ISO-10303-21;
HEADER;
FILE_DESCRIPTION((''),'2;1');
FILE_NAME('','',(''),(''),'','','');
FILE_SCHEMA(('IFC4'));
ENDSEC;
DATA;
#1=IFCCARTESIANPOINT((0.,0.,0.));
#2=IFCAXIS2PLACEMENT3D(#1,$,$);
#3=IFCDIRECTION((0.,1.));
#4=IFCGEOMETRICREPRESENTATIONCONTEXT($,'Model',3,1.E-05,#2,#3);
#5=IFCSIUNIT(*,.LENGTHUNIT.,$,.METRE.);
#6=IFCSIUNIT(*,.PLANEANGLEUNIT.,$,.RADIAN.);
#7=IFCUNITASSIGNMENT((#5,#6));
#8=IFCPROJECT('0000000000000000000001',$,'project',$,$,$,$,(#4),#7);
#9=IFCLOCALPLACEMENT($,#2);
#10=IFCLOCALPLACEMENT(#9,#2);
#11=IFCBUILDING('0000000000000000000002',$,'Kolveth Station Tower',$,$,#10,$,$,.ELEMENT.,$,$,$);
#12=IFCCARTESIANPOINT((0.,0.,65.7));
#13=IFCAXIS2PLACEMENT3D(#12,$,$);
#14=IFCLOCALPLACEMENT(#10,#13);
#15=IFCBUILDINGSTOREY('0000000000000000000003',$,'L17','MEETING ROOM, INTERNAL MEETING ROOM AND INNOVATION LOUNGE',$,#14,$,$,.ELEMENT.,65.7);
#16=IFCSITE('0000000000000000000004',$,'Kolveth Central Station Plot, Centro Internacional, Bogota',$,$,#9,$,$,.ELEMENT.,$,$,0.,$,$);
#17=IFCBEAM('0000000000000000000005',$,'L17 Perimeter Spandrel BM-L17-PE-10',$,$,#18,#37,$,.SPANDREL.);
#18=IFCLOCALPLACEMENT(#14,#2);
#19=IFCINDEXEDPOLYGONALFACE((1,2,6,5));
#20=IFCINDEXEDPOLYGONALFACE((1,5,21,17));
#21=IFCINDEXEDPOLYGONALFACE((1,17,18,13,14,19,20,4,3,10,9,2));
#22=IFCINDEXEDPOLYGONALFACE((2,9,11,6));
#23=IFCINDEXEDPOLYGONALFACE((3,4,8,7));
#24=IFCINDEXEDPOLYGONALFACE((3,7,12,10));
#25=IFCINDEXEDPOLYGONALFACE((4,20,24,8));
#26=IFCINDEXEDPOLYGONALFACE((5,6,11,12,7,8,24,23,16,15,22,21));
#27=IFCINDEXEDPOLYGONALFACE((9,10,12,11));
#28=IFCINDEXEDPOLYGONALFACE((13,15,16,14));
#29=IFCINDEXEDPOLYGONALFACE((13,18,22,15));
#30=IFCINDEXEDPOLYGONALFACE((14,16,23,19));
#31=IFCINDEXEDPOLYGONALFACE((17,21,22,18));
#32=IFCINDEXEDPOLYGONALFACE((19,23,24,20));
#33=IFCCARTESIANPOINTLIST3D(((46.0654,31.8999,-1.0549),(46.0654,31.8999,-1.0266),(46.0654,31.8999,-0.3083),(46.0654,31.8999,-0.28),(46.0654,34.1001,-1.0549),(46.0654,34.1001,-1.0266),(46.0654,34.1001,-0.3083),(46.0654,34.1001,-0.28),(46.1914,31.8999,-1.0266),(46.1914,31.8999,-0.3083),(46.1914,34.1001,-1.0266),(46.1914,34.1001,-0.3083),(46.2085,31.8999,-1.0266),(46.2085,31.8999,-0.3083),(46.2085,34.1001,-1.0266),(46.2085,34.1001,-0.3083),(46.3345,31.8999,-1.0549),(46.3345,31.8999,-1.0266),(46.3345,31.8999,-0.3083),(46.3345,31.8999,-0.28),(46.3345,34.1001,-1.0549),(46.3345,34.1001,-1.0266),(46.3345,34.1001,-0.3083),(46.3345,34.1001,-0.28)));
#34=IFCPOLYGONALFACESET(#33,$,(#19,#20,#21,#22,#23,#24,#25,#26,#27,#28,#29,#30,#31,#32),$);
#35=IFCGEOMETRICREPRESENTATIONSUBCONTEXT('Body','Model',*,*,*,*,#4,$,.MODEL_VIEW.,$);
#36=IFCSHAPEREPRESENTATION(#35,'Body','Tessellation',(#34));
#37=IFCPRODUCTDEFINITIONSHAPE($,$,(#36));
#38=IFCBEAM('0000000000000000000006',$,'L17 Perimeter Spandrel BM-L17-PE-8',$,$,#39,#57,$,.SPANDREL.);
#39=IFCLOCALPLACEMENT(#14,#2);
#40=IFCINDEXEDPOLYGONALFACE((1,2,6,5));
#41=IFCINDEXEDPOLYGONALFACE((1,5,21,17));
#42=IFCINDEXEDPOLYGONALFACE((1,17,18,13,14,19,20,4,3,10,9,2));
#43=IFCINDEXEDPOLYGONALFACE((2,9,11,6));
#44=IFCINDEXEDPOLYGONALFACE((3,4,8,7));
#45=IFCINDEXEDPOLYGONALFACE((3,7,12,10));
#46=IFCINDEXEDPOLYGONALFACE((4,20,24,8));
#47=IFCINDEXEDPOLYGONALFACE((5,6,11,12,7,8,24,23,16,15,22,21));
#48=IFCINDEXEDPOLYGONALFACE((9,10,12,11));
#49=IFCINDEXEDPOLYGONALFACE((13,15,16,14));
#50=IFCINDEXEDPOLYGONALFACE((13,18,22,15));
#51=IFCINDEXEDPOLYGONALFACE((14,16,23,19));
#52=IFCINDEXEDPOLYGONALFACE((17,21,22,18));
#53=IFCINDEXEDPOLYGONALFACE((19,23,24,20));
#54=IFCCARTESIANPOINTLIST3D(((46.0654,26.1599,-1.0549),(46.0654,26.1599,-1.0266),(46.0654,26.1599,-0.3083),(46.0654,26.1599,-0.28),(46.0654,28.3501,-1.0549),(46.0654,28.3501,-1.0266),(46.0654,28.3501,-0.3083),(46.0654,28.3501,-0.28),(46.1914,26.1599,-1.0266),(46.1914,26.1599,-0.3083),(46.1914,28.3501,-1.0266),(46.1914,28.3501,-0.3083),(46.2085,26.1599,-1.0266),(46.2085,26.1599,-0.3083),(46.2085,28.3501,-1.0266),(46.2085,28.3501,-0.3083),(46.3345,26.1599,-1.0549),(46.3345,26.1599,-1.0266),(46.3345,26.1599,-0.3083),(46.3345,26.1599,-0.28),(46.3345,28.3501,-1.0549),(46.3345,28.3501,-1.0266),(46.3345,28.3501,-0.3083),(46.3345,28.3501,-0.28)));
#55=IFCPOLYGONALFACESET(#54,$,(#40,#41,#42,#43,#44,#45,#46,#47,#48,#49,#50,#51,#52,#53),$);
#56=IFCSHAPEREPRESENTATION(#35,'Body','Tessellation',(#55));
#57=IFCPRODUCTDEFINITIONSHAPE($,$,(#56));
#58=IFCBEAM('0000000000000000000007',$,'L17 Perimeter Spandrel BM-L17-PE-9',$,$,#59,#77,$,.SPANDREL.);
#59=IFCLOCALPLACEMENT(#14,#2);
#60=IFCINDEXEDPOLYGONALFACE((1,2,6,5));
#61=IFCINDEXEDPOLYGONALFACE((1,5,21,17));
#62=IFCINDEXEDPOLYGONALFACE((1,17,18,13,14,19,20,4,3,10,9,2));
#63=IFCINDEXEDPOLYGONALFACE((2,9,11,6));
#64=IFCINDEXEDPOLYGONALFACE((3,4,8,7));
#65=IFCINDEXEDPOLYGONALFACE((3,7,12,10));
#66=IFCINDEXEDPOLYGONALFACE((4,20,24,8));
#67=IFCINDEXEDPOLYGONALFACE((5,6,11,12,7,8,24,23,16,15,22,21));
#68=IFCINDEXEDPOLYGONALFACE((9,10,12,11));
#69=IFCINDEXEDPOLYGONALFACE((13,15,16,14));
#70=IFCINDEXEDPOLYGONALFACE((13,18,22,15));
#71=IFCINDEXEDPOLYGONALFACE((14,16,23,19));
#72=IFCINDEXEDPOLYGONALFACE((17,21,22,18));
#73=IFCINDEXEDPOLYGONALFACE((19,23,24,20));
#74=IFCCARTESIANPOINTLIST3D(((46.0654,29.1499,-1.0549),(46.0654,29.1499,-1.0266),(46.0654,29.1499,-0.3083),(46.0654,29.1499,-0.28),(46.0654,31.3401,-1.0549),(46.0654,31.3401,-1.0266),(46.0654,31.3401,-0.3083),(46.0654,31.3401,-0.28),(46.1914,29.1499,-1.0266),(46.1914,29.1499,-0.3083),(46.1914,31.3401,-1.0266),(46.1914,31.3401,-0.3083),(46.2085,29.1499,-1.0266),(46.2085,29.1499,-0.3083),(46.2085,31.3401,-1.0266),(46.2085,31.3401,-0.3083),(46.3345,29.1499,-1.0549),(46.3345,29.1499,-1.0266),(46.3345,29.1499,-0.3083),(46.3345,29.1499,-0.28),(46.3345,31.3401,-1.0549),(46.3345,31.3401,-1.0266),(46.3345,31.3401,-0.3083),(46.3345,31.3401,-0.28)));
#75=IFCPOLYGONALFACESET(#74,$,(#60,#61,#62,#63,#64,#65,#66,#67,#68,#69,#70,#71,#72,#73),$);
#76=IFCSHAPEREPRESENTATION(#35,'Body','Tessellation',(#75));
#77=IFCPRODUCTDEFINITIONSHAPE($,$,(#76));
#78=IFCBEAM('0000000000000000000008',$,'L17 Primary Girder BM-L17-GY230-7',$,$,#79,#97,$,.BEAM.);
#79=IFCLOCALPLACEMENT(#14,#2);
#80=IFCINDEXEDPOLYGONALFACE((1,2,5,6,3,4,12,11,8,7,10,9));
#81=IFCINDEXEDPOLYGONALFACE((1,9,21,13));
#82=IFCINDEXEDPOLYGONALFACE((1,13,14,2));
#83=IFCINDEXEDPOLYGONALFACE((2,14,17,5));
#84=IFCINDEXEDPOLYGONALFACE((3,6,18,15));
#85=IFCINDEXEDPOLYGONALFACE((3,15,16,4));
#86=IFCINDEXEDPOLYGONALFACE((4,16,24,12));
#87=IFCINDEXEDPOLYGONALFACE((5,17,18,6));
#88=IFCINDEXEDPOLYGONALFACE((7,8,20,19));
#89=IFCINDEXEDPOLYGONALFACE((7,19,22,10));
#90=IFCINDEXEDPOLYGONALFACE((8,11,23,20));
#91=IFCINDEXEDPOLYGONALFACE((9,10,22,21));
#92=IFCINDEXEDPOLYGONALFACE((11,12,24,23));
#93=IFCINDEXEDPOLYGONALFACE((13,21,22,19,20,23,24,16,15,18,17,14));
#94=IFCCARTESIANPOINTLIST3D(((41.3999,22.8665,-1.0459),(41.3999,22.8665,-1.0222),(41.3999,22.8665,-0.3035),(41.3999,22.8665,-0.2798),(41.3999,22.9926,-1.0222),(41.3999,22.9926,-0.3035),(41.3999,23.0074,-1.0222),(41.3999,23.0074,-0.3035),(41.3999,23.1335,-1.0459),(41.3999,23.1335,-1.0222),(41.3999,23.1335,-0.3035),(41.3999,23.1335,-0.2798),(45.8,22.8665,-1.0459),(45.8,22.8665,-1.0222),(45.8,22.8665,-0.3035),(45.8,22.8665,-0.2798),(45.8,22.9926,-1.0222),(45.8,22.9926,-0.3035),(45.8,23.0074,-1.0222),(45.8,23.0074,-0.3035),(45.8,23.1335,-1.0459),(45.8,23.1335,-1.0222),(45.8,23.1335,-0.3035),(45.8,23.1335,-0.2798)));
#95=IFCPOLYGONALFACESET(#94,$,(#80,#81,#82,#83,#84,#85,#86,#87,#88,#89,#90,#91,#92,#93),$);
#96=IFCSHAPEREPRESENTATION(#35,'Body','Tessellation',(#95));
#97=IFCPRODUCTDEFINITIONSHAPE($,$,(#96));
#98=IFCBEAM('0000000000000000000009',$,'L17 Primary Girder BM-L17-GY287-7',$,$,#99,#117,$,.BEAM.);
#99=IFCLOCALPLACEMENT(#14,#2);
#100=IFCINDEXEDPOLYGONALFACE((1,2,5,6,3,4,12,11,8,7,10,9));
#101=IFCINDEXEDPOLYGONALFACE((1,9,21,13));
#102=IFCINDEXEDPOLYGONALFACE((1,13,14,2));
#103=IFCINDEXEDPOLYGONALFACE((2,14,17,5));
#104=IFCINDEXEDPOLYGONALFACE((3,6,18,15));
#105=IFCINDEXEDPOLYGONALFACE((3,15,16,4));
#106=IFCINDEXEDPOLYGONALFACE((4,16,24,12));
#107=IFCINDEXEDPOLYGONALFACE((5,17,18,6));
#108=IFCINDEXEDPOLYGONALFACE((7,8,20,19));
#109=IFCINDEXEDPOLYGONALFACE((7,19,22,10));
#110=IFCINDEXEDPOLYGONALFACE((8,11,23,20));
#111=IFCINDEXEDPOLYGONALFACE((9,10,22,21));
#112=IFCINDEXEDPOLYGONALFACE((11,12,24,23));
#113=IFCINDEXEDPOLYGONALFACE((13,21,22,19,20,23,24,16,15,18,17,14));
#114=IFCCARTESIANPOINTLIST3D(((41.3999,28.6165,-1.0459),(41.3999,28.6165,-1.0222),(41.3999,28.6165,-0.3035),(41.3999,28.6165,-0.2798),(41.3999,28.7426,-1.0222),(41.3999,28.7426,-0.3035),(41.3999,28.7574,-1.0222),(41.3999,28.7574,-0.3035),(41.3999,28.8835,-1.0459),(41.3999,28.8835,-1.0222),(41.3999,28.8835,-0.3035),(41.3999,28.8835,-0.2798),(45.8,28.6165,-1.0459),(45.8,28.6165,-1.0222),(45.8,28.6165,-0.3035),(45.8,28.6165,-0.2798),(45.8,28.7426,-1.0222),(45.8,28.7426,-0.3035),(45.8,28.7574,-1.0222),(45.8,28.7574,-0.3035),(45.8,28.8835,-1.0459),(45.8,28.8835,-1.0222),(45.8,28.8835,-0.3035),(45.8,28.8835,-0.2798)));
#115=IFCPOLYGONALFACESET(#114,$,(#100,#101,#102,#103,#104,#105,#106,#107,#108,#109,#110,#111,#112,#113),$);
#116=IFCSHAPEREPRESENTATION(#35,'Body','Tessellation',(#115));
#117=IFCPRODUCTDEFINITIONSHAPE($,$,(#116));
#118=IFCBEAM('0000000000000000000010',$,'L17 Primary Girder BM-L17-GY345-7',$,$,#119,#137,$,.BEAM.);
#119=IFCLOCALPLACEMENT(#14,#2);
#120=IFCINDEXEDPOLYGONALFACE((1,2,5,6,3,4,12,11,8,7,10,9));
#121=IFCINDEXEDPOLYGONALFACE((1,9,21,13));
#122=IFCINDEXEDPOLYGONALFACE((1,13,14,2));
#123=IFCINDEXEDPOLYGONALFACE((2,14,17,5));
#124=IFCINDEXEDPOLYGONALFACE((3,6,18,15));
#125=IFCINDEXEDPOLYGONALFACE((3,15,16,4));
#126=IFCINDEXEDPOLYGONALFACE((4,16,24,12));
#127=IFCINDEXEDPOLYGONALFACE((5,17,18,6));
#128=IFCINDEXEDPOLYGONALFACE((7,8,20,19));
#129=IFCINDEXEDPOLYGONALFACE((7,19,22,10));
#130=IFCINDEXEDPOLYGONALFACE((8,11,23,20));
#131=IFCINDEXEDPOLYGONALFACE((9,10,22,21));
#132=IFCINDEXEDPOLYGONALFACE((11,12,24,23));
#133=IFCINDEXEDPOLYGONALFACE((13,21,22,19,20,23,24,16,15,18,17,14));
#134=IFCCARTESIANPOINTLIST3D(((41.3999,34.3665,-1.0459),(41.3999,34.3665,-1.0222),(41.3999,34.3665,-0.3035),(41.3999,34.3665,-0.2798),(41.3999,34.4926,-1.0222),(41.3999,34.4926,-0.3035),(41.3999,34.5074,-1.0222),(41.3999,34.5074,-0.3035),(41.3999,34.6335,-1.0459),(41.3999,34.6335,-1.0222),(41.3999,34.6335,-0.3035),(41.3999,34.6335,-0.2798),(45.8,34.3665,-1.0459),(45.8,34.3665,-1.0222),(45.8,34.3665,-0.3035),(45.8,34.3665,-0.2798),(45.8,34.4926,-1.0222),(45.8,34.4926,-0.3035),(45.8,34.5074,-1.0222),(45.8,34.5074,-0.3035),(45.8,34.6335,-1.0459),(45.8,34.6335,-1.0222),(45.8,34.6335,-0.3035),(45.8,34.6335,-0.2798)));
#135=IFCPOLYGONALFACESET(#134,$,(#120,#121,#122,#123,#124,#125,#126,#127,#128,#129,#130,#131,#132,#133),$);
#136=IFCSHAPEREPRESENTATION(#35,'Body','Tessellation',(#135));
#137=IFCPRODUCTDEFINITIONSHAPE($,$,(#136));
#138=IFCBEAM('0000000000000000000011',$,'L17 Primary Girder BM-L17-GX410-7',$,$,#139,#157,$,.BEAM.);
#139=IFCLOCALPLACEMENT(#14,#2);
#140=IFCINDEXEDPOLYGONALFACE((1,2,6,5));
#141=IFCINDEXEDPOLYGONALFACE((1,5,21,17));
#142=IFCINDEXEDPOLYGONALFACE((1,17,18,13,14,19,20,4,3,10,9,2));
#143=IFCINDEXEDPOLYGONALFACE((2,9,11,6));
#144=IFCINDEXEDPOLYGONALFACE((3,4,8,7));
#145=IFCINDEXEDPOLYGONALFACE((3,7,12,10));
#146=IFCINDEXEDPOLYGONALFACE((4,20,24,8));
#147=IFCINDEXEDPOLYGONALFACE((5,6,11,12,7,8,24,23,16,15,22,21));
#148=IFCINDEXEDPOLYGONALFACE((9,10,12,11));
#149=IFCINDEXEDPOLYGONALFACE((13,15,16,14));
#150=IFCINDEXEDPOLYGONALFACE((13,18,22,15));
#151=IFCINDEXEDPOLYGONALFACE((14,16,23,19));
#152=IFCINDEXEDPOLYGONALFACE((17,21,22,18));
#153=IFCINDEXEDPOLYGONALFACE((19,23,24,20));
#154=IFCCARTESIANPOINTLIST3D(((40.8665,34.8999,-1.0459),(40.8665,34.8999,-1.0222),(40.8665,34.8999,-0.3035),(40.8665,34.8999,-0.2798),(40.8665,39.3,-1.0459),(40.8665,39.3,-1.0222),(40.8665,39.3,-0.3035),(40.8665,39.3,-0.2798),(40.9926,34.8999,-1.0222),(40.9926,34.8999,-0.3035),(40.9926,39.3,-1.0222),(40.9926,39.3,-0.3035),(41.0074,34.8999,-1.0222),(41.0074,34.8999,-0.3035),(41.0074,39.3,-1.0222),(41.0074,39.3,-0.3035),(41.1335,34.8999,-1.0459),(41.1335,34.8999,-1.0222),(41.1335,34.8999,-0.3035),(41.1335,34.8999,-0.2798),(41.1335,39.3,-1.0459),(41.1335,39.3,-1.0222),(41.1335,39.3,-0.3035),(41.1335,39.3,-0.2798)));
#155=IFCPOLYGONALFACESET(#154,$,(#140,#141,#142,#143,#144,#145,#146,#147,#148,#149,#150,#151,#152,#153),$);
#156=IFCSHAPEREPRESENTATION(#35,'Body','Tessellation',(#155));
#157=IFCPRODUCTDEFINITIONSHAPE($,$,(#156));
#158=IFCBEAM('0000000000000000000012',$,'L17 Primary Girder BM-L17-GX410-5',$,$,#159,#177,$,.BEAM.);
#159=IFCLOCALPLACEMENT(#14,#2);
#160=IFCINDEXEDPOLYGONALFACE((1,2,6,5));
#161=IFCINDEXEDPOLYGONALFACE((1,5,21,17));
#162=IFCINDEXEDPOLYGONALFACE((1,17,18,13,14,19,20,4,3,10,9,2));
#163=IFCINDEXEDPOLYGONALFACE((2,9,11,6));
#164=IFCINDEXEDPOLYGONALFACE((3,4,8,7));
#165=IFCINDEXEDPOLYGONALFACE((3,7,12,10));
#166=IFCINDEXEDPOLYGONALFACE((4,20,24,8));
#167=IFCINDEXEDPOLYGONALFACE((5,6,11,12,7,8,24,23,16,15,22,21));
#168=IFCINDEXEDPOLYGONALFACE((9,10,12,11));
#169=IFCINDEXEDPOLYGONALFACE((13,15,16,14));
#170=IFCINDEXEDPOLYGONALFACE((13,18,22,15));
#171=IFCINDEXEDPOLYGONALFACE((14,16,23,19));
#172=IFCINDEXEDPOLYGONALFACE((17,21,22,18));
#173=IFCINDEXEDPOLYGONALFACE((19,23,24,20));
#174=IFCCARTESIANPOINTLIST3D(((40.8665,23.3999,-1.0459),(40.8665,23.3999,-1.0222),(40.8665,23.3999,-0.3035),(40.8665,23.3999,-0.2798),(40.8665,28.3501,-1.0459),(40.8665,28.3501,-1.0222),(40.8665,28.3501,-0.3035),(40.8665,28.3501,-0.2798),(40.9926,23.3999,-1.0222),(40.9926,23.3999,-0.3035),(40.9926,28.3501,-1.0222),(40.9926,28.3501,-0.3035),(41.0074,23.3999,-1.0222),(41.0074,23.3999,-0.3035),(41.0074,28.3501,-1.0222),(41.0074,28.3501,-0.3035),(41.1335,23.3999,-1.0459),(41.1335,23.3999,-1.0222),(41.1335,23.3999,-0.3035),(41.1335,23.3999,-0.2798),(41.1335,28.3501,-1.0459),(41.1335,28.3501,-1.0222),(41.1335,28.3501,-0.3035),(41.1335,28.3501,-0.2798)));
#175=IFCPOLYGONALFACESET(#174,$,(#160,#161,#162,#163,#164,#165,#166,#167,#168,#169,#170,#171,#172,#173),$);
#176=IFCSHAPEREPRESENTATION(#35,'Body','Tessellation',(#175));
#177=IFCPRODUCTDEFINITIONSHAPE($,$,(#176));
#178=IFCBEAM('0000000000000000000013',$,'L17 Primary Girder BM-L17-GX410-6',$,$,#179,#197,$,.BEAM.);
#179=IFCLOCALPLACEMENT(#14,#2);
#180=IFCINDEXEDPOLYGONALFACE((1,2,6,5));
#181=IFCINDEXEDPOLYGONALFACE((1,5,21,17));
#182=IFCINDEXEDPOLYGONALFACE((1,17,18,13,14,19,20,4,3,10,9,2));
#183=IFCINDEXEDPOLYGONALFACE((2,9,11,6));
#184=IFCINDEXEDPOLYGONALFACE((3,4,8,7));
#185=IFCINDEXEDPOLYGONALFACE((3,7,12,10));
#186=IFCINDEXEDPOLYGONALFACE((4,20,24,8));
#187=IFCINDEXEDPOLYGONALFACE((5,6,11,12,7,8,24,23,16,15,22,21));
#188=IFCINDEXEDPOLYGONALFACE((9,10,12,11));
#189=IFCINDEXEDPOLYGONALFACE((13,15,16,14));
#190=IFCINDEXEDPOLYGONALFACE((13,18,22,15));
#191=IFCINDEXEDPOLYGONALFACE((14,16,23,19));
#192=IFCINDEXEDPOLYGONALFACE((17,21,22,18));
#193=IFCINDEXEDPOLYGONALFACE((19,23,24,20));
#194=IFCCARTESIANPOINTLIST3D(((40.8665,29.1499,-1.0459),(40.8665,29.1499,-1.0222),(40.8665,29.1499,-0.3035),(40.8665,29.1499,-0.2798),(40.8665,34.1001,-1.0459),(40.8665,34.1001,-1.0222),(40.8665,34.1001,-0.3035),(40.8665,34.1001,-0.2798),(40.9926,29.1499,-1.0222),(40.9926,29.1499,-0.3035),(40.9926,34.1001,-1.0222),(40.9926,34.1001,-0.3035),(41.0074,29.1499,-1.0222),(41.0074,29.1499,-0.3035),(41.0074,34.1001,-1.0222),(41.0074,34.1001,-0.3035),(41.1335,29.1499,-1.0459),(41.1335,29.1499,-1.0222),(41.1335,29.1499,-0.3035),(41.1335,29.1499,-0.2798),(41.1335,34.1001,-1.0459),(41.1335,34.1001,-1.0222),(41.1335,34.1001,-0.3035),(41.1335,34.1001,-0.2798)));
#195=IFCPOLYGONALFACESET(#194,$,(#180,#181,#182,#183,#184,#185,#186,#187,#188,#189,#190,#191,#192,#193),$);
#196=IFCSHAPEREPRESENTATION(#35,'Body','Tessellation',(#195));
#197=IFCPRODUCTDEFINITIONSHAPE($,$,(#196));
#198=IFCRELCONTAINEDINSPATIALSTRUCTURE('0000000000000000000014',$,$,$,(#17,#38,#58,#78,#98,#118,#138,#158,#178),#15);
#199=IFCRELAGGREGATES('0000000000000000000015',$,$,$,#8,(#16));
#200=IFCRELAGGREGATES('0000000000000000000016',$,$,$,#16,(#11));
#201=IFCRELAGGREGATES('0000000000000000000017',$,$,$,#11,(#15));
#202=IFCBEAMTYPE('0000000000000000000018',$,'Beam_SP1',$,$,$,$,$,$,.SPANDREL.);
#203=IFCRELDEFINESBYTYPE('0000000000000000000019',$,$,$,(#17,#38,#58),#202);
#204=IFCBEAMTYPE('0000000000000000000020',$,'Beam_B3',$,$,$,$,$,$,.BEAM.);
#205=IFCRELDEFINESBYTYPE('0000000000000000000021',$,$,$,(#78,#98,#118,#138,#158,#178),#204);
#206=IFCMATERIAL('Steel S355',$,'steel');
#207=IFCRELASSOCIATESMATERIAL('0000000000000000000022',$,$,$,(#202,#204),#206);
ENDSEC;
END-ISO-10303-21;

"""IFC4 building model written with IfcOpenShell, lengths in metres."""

from ifc_helpers import new_model, si_unit, direction, frame, origin, origin_2d, place, context, subcontext, project, spatial, i_section, extrude, source, transform, mapped, material, material_profile, profile_set, type_object, element, save


model = new_model("IFC4")

# Units and contexts
model_context = context("Model", 3, precision=1e-05, world=origin(), true_north=direction((0.0, 1.0)))
body_context = subcontext(model_context, "Body", "Model", "MODEL_VIEW")
ifc_project = project(units=[si_unit("LENGTHUNIT", "METRE"), si_unit("PLANEANGLEUNIT", "RADIAN")], contexts=[model_context])

# Site, building, storey
site_placement = place(None, origin())
site = spatial("IfcSite", under=ifc_project, at=site_placement, Name="Kolveth Central Station Plot, Centro Internacional, Bogota", CompositionType="ELEMENT", RefElevation=0.0)
building_placement = place(site_placement, origin())
building = spatial("IfcBuilding", under=site, at=building_placement, Name="Kolveth Station Tower", CompositionType="ELEMENT")
storey_placement = place(building_placement, frame((0.0, 0.0, 65.7)))
storey = spatial("IfcBuildingStorey", under=building, at=storey_placement, Name="L17", Description="MEETING ROOM, INTERNAL MEETING ROOM AND INNOVATION LOUNGE", CompositionType="ELEMENT", Elevation=65.7)

# Shared definitions
ifc_material_1 = material(Name="Steel S355", Category="steel")

# Beams
ifc_material_profile_1 = material_profile(ifc_material_1, i_section(OverallWidth=0.269, OverallDepth=0.7749, WebThickness=0.0171, FlangeThickness=0.0283, at=origin_2d()), Name="W760x220")
ifc_profile_set_1 = profile_set([ifc_material_profile_1], Name="Steel S355")
beam_type_1 = type_object("IfcBeamType", Name="Beam_SP1", PredefinedType="SPANDREL", material=ifc_profile_set_1)
shared_shape_1 = source(origin(), body_context, "Body", "SweptSolid", [
    extrude(i_section(OverallWidth=0.269, OverallDepth=0.7749, WebThickness=0.0171, FlangeThickness=0.0283, at=origin_2d()), origin(), (0.0, 0.0, 1.0), 2.2002),
])
for number, where, z_axis, x_axis, name in (
    (1, (46.2, 31.8999, -0.6675), (0.0, 1.0, 0.0), (-1.0, 0.0, 0.0), "L17 Perimeter Spandrel BM-L17-PE-10"),
):
    element("IfcBeam", number, at=place(storey_placement, frame(where, z_axis=z_axis, x_axis=x_axis)), inside=storey, type_object=beam_type_1, Name=name, PredefinedType="SPANDREL", context=body_context, shape_type="MappedRepresentation", body=[
        mapped(shared_shape_1, transform((0.0, 0.0, 0.0), x_axis=(1.0, 0.0, 0.0), y_axis=(0.0, 1.0, 0.0), z_axis=(0.0, 0.0, 1.0), scale=1.0)),
    ])
shared_shape_2 = source(origin(), body_context, "Body", "SweptSolid", [
    extrude(i_section(OverallWidth=0.269, OverallDepth=0.7749, WebThickness=0.0171, FlangeThickness=0.0283, at=origin_2d()), origin(), (0.0, 0.0, 1.0), 2.1902),
])
for number, where, z_axis, x_axis, name in (
    (2, (46.2, 26.1599, -0.6675), (0.0, 1.0, 0.0), (-1.0, 0.0, 0.0), "L17 Perimeter Spandrel BM-L17-PE-8"),
    (3, (46.2, 29.1499, -0.6675), (0.0, 1.0, 0.0), (-1.0, 0.0, 0.0), "L17 Perimeter Spandrel BM-L17-PE-9"),
):
    element("IfcBeam", number, at=place(storey_placement, frame(where, z_axis=z_axis, x_axis=x_axis)), inside=storey, type_object=beam_type_1, Name=name, PredefinedType="SPANDREL", context=body_context, shape_type="MappedRepresentation", body=[
        mapped(shared_shape_2, transform((0.0, 0.0, 0.0), x_axis=(1.0, 0.0, 0.0), y_axis=(0.0, 1.0, 0.0), z_axis=(0.0, 0.0, 1.0), scale=1.0)),
    ])
ifc_material_profile_2 = material_profile(ifc_material_1, i_section(OverallWidth=0.2671, OverallDepth=0.7661, WebThickness=0.0149, FlangeThickness=0.0237, at=origin_2d()), Name="W760x185")
ifc_profile_set_2 = profile_set([ifc_material_profile_2], Name="Steel S355")
beam_type_2 = type_object("IfcBeamType", Name="Beam_B3", PredefinedType="BEAM", material=ifc_profile_set_2)
shared_shape_3 = source(origin(), body_context, "Body", "SweptSolid", [
    extrude(i_section(OverallWidth=0.2671, OverallDepth=0.7661, WebThickness=0.0149, FlangeThickness=0.0237, at=origin_2d()), origin(), (0.0, 0.0, 1.0), 4.4001),
])
for number, where, z_axis, x_axis, name in (
    (4, (41.3999, 23.0, -0.6628), (1.0, 0.0, 0.0), (0.0, 1.0, 0.0), "L17 Primary Girder BM-L17-GY230-7"),
    (5, (41.3999, 28.75, -0.6628), (1.0, 0.0, 0.0), (0.0, 1.0, 0.0), "L17 Primary Girder BM-L17-GY287-7"),
    (6, (41.3999, 34.5, -0.6628), (1.0, 0.0, 0.0), (0.0, 1.0, 0.0), "L17 Primary Girder BM-L17-GY345-7"),
    (7, (41.0, 34.8999, -0.6628), (0.0, 1.0, 0.0), (-1.0, 0.0, 0.0), "L17 Primary Girder BM-L17-GX410-7"),
):
    element("IfcBeam", number, at=place(storey_placement, frame(where, z_axis=z_axis, x_axis=x_axis)), inside=storey, type_object=beam_type_2, Name=name, PredefinedType="BEAM", context=body_context, shape_type="MappedRepresentation", body=[
        mapped(shared_shape_3, transform((0.0, 0.0, 0.0), x_axis=(1.0, 0.0, 0.0), y_axis=(0.0, 1.0, 0.0), z_axis=(0.0, 0.0, 1.0), scale=1.0)),
    ])
shared_shape_4 = source(origin(), body_context, "Body", "SweptSolid", [
    extrude(i_section(OverallWidth=0.2671, OverallDepth=0.7661, WebThickness=0.0149, FlangeThickness=0.0237, at=origin_2d()), origin(), (0.0, 0.0, 1.0), 4.9502),
])
for number, where, z_axis, x_axis, name in (
    (8, (41.0, 23.3999, -0.6628), (0.0, 1.0, 0.0), (-1.0, 0.0, 0.0), "L17 Primary Girder BM-L17-GX410-5"),
    (9, (41.0, 29.1499, -0.6628), (0.0, 1.0, 0.0), (-1.0, 0.0, 0.0), "L17 Primary Girder BM-L17-GX410-6"),
):
    element("IfcBeam", number, at=place(storey_placement, frame(where, z_axis=z_axis, x_axis=x_axis)), inside=storey, type_object=beam_type_2, Name=name, PredefinedType="BEAM", context=body_context, shape_type="MappedRepresentation", body=[
        mapped(shared_shape_4, transform((0.0, 0.0, 0.0), x_axis=(1.0, 0.0, 0.0), y_axis=(0.0, 1.0, 0.0), z_axis=(0.0, 0.0, 1.0), scale=1.0)),
    ])

save(model, "model.ifc")
